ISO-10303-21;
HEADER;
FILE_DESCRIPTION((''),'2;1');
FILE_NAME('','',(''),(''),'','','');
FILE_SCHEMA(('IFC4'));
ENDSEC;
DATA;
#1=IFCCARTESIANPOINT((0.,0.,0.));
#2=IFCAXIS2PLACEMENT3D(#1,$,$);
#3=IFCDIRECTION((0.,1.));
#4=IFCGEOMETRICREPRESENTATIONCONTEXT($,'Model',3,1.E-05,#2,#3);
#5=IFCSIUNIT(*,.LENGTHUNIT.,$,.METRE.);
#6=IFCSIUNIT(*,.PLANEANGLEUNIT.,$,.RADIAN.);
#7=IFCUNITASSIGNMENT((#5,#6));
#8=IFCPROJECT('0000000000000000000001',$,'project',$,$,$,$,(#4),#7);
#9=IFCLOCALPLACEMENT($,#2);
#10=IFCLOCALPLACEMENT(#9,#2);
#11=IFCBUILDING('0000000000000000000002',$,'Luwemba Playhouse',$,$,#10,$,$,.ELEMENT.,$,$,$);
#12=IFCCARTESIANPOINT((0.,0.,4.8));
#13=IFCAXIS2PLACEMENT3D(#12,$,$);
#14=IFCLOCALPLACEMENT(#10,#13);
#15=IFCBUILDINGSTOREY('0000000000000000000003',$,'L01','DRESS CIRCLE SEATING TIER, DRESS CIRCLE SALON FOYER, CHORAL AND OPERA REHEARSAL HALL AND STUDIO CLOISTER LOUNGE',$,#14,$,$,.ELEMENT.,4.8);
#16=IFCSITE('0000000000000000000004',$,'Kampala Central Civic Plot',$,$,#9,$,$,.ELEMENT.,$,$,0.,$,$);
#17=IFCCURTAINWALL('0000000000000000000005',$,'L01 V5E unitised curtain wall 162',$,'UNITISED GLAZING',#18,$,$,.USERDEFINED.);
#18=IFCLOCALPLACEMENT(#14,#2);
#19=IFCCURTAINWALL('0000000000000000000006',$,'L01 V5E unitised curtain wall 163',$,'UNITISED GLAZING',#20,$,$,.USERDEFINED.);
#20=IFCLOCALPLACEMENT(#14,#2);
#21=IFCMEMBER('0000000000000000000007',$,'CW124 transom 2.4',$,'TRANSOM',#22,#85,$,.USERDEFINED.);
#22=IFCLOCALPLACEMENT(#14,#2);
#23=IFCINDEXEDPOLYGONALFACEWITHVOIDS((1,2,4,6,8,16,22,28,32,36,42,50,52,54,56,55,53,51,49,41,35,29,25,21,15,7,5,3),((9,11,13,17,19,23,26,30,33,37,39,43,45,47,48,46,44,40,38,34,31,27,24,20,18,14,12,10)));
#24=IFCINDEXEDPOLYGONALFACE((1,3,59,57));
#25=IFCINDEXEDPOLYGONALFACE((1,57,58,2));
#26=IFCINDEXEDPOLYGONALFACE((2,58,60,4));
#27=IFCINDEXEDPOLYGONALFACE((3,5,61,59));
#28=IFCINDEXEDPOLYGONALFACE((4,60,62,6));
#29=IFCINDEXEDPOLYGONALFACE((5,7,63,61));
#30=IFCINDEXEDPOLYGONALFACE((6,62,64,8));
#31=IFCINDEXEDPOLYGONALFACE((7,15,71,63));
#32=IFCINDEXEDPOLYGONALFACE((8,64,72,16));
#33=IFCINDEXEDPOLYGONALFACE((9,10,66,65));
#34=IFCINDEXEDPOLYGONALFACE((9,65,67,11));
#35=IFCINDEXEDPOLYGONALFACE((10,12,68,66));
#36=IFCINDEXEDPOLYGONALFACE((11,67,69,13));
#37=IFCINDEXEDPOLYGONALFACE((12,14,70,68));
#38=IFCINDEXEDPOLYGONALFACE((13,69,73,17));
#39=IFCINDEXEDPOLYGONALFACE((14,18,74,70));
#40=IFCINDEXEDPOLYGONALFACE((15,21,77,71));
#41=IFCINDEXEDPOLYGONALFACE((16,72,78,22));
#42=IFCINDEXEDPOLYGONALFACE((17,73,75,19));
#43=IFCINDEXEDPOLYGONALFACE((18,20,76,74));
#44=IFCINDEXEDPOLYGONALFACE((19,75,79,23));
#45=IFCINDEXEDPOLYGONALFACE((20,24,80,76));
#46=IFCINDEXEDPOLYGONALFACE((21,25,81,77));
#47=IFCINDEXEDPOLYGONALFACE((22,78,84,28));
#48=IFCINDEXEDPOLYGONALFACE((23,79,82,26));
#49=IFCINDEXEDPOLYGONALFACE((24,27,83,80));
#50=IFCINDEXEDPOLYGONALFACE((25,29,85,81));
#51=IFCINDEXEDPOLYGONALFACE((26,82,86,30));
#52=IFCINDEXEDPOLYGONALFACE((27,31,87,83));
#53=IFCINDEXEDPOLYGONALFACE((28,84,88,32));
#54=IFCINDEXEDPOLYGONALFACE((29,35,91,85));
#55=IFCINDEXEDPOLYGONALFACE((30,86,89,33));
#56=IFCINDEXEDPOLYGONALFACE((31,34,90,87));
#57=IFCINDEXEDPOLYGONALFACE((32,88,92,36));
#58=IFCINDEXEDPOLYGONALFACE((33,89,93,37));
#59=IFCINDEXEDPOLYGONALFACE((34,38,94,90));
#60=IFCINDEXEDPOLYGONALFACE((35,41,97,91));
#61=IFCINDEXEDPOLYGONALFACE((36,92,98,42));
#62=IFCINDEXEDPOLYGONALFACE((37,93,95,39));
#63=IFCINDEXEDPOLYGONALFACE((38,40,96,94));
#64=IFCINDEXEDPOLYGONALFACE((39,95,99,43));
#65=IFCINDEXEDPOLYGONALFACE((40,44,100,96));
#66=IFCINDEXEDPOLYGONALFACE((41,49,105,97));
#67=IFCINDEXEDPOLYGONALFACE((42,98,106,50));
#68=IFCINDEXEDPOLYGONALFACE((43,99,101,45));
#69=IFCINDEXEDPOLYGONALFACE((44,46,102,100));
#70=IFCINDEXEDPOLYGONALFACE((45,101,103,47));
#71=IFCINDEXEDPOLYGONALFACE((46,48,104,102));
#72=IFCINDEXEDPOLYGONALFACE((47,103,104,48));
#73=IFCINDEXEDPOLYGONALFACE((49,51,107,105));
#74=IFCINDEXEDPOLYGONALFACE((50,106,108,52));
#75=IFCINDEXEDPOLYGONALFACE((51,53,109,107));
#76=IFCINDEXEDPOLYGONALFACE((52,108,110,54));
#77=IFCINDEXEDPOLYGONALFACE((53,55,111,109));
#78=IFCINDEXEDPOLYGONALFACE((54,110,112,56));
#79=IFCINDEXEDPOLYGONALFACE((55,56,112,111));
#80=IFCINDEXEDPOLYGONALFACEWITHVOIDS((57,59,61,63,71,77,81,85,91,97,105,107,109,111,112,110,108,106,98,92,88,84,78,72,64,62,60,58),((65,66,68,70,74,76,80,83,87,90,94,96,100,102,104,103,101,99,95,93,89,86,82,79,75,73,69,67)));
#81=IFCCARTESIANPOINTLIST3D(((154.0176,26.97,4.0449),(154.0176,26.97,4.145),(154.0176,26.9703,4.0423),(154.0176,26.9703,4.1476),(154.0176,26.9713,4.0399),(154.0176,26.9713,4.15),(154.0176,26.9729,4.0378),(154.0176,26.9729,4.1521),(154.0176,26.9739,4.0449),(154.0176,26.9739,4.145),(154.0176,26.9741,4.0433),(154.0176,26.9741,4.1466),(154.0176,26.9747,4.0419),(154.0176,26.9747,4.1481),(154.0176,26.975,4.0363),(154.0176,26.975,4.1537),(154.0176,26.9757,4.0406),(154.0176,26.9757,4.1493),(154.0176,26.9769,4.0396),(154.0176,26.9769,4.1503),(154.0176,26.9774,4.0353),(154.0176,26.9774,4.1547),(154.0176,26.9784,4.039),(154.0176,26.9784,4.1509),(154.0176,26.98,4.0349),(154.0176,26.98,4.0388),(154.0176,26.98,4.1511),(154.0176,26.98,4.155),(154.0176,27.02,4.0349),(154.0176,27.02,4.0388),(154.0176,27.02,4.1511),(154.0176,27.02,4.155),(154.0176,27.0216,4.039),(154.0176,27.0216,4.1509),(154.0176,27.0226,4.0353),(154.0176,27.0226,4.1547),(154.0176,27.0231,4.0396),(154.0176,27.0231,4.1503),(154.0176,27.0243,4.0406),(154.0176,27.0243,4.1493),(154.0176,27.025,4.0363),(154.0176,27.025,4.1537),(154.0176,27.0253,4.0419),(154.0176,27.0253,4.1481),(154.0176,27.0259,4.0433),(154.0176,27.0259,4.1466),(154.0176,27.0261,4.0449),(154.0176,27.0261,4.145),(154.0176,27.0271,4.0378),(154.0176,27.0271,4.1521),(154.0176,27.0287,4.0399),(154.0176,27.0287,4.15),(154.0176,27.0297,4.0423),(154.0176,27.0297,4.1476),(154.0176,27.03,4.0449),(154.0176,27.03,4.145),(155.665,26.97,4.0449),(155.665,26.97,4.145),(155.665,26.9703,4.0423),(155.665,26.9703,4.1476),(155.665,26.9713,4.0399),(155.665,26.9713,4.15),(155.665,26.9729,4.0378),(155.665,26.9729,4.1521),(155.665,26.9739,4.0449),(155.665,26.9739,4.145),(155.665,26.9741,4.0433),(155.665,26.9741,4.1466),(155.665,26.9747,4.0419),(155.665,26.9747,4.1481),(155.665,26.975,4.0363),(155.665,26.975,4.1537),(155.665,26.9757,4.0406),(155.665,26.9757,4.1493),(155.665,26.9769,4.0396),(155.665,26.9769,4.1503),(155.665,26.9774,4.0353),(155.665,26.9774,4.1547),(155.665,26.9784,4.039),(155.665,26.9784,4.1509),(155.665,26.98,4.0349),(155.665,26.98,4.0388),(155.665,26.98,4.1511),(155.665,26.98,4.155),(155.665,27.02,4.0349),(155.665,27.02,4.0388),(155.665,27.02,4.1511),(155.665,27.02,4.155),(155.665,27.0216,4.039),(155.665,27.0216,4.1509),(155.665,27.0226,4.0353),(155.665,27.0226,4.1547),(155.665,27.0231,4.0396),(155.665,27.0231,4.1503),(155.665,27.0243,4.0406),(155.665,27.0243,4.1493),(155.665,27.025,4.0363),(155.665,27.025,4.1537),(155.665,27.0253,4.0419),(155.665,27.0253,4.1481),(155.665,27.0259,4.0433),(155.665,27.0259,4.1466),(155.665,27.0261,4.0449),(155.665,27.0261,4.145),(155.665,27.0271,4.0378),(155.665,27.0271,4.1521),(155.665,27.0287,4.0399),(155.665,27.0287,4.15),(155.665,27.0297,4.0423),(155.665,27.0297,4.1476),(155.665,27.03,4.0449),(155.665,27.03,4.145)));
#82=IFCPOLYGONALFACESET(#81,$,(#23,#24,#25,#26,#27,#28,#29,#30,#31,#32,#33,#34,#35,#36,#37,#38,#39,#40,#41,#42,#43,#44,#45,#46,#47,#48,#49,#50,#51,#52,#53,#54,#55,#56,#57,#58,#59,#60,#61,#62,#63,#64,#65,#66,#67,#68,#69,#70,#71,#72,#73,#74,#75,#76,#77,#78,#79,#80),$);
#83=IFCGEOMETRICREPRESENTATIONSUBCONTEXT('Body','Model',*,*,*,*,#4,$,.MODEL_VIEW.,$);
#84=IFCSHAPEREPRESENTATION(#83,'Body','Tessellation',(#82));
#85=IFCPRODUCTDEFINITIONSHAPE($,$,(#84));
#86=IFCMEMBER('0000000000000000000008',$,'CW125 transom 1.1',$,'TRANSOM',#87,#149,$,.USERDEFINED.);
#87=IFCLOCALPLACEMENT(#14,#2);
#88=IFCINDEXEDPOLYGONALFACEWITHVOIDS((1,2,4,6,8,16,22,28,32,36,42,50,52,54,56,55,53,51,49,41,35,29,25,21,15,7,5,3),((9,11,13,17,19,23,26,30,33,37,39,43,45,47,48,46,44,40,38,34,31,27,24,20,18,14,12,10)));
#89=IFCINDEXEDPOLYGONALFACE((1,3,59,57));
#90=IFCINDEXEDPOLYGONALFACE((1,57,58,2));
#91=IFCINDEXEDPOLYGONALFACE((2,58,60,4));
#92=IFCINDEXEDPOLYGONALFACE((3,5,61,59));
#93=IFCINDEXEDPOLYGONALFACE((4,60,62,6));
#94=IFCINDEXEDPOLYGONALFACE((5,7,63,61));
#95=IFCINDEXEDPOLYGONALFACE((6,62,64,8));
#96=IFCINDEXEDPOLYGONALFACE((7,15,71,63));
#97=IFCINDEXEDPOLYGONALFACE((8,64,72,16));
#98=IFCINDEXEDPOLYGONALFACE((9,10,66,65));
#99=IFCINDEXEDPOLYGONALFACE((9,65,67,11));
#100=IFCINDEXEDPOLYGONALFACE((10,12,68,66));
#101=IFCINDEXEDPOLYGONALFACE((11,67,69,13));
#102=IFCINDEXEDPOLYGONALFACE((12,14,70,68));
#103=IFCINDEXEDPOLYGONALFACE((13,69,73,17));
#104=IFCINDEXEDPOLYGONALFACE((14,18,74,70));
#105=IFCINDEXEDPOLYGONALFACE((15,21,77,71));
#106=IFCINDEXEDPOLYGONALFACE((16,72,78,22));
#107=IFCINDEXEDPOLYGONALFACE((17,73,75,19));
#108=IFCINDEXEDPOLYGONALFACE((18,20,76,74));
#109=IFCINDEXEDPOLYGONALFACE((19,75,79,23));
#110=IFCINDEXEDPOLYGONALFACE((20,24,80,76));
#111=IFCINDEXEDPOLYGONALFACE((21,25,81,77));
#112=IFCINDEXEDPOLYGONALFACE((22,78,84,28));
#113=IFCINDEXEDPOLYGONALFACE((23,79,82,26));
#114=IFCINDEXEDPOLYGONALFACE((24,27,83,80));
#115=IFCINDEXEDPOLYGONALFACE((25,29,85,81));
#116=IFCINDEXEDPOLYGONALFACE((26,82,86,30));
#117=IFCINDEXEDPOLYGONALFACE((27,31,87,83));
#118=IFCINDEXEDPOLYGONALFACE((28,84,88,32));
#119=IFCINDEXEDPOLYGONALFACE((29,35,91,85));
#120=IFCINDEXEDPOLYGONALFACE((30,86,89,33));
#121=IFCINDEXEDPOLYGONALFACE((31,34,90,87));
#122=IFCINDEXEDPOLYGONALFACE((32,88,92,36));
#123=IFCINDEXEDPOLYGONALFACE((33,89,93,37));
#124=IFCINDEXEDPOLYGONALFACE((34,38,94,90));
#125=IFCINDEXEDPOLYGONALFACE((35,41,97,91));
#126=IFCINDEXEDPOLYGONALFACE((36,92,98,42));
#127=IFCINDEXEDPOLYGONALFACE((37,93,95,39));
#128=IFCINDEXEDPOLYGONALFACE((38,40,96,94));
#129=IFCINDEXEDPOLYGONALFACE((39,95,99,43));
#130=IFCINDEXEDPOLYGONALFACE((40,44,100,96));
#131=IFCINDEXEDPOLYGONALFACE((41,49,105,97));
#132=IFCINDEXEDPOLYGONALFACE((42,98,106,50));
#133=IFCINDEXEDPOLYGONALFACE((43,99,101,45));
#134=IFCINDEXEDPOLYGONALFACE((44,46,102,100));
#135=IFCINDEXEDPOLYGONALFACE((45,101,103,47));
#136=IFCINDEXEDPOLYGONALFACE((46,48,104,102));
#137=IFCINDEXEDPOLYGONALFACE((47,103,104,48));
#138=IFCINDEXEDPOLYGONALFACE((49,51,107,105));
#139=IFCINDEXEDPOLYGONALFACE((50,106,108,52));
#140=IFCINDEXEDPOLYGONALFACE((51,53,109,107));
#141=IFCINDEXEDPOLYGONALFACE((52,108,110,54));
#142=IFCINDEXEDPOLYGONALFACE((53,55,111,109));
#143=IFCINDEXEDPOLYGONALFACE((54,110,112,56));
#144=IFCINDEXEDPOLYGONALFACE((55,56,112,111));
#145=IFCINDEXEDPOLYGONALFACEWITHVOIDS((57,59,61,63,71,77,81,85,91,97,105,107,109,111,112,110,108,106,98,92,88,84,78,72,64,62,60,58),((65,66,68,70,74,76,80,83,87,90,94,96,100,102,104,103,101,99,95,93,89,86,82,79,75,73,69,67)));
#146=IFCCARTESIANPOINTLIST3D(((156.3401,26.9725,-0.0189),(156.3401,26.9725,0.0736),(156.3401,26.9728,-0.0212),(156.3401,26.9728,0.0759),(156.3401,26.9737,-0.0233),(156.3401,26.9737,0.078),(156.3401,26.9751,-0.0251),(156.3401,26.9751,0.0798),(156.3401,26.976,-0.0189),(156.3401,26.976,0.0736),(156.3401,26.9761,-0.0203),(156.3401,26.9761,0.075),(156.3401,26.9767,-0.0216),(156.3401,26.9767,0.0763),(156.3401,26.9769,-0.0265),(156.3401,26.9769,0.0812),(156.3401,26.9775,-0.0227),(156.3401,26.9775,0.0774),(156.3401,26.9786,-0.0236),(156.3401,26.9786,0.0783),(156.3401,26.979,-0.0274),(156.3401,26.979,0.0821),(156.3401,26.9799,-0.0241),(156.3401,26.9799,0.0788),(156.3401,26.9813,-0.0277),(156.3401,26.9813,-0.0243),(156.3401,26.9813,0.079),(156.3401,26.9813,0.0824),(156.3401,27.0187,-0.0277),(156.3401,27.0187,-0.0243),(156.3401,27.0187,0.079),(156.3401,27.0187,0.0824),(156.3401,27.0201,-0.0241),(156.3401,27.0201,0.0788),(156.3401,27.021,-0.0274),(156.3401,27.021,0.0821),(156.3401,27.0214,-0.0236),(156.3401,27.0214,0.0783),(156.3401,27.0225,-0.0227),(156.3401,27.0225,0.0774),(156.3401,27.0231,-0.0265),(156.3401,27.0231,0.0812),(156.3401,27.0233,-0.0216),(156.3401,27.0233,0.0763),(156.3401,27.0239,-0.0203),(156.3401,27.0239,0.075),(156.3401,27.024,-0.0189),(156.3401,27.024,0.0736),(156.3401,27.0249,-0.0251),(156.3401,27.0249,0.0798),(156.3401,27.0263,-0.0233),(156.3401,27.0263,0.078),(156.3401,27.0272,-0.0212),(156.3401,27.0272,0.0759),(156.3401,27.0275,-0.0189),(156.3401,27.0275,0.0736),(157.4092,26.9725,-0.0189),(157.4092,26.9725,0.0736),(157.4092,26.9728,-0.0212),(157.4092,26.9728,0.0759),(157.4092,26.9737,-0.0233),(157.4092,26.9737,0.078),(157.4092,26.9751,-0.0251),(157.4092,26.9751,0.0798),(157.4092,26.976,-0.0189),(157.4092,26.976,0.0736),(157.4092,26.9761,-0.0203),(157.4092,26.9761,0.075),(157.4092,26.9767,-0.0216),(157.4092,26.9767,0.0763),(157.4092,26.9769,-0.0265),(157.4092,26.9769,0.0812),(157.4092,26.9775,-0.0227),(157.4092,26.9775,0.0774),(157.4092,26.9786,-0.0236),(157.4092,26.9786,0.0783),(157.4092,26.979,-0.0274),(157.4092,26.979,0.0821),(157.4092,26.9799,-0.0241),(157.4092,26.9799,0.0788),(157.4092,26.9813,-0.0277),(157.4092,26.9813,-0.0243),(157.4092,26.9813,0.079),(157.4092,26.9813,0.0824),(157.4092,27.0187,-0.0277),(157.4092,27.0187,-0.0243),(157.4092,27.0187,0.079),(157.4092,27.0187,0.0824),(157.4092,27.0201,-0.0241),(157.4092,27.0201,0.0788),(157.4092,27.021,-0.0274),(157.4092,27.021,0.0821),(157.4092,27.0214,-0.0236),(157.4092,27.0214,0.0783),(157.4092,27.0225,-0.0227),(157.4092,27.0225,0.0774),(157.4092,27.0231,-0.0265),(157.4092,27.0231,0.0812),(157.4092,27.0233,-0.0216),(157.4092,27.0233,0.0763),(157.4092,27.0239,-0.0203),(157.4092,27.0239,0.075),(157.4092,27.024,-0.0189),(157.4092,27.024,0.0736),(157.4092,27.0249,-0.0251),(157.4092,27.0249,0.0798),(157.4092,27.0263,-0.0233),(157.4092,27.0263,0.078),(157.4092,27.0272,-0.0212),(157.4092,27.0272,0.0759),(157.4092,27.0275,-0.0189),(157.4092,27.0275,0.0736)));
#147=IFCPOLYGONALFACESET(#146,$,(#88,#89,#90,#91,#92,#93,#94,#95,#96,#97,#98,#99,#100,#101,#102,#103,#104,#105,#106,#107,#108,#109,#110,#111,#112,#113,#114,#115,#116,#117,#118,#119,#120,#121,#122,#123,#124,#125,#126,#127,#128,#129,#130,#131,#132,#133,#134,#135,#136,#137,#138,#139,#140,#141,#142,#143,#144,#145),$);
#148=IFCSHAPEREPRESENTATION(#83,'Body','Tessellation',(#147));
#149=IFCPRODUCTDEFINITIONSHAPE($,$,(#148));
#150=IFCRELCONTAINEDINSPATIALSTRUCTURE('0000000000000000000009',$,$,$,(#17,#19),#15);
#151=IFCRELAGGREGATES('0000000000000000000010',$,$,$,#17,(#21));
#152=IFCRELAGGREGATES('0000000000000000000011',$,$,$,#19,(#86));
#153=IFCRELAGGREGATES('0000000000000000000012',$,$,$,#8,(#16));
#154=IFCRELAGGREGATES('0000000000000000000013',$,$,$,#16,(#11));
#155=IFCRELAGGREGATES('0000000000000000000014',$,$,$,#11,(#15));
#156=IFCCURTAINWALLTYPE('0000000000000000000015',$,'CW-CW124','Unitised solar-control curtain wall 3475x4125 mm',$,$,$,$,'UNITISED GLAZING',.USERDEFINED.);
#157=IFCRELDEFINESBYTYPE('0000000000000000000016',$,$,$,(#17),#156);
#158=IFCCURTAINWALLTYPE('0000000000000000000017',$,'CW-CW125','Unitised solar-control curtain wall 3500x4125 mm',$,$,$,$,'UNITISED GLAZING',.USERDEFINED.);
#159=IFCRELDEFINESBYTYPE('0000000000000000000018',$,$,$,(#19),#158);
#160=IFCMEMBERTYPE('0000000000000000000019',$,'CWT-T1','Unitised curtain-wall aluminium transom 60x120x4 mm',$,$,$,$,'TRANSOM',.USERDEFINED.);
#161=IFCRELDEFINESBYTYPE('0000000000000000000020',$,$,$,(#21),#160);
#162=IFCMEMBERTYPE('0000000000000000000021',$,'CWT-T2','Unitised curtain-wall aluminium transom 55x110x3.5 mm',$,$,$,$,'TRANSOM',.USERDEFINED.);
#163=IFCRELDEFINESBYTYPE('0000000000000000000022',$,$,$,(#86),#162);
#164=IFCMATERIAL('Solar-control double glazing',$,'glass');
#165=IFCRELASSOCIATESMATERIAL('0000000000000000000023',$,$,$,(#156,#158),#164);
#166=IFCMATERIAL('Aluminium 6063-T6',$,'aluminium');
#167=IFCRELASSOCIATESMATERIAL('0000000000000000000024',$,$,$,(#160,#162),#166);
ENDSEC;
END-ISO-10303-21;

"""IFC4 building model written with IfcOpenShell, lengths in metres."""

from ifc_helpers import new_model, si_unit, direction, frame, origin, origin_2d, place, context, subcontext, project, spatial, hollow_rectangle, extrude, material, material_profile, profile_set, type_object, element, aggregate, save


model = new_model("IFC4")

# Units and contexts
model_context = context("Model", 3, precision=1e-05, world=origin(), true_north=direction((0.0, 1.0)))
body_context = subcontext(model_context, "Body", "Model", "MODEL_VIEW")
ifc_project = project(units=[si_unit("LENGTHUNIT", "METRE"), si_unit("PLANEANGLEUNIT", "RADIAN")], contexts=[model_context])

# Site, building, storey
site_placement = place(None, origin())
site = spatial("IfcSite", under=ifc_project, at=site_placement, Name="Kampala Central Civic Plot", CompositionType="ELEMENT", RefElevation=0.0)
building_placement = place(site_placement, origin())
building = spatial("IfcBuilding", under=site, at=building_placement, Name="Luwemba Playhouse", CompositionType="ELEMENT")
storey_placement = place(building_placement, frame((0.0, 0.0, 4.8)))
storey = spatial("IfcBuildingStorey", under=building, at=storey_placement, Name="L01", Description="DRESS CIRCLE SEATING TIER, DRESS CIRCLE SALON FOYER, CHORAL AND OPERA REHEARSAL HALL AND STUDIO CLOISTER LOUNGE", CompositionType="ELEMENT", Elevation=4.8)

# Curtain wall
ifc_material_1 = material(Name="Solar-control double glazing", Category="glass")
curtain_wall_type_1 = type_object("IfcCurtainWallType", Name="CW-CW124", Description="Unitised solar-control curtain wall 3475x4125 mm", ElementType="UNITISED GLAZING", PredefinedType="USERDEFINED", material=ifc_material_1)
curtain_wall_1_placement = place(storey_placement, origin())
curtain_wall_1 = element("IfcCurtainWall", 1, at=curtain_wall_1_placement, inside=storey, type_object=curtain_wall_type_1, Name="L01 V5E unitised curtain wall 162", ObjectType="UNITISED GLAZING", PredefinedType="USERDEFINED")
ifc_material_2 = material(Name="Aluminium 6063-T6", Category="aluminium")

# Curtain wall
curtain_wall_type_2 = type_object("IfcCurtainWallType", Name="CW-CW125", Description="Unitised solar-control curtain wall 3500x4125 mm", ElementType="UNITISED GLAZING", PredefinedType="USERDEFINED", material=ifc_material_1)
curtain_wall_2_placement = place(storey_placement, origin())
curtain_wall_2 = element("IfcCurtainWall", 2, at=curtain_wall_2_placement, inside=storey, type_object=curtain_wall_type_2, Name="L01 V5E unitised curtain wall 163", ObjectType="UNITISED GLAZING", PredefinedType="USERDEFINED")

# Members
ifc_material_profile_1 = material_profile(ifc_material_2, hollow_rectangle(XDim=0.0601, YDim=0.1201, WallThickness=0.0039, InnerFilletRadius=0.0061, OuterFilletRadius=0.01, at=origin_2d()))
ifc_profile_set_1 = profile_set([ifc_material_profile_1], Name="Aluminium 6063-T6")
member_type_1 = type_object("IfcMemberType", Name="CWT-T1", Description="Unitised curtain-wall aluminium transom 60x120x4 mm", ElementType="TRANSOM", PredefinedType="USERDEFINED", material=ifc_profile_set_1)
member_1_placement = place(storey_placement, frame((154.0176, 27.0, 4.095), z_axis=(1.0, 0.0, 0.0), x_axis=(0.0, 1.0, 0.0)))
member_1 = element("IfcMember", 3, at=member_1_placement, type_object=member_type_1, Name="CW124 transom 2.4", ObjectType="TRANSOM", PredefinedType="USERDEFINED", context=body_context, shape_type="SweptSolid", body=[
    extrude(hollow_rectangle(XDim=0.0601, YDim=0.1201, WallThickness=0.0039, InnerFilletRadius=0.0061, OuterFilletRadius=0.01, at=origin_2d()), origin(), (0.0, 0.0, 1.0), 1.6475),
])
ifc_material_profile_2 = material_profile(ifc_material_2, hollow_rectangle(XDim=0.0549, YDim=0.1101, WallThickness=0.0034, InnerFilletRadius=0.0054, OuterFilletRadius=0.0088, at=origin_2d()))
ifc_profile_set_2 = profile_set([ifc_material_profile_2], Name="Aluminium 6063-T6")
member_type_2 = type_object("IfcMemberType", Name="CWT-T2", Description="Unitised curtain-wall aluminium transom 55x110x3.5 mm", ElementType="TRANSOM", PredefinedType="USERDEFINED", material=ifc_profile_set_2)
member_2_placement = place(storey_placement, frame((156.3401, 27.0, 0.0273), z_axis=(1.0, 0.0, 0.0), x_axis=(0.0, 1.0, 0.0)))
member_2 = element("IfcMember", 4, at=member_2_placement, type_object=member_type_2, Name="CW125 transom 1.1", ObjectType="TRANSOM", PredefinedType="USERDEFINED", context=body_context, shape_type="SweptSolid", body=[
    extrude(hollow_rectangle(XDim=0.0549, YDim=0.1101, WallThickness=0.0034, InnerFilletRadius=0.0054, OuterFilletRadius=0.0088, at=origin_2d()), origin(), (0.0, 0.0, 1.0), 1.0691),
])

aggregate(curtain_wall_1, [member_1])
aggregate(curtain_wall_2, [member_2])

save(model, "model.ifc")
